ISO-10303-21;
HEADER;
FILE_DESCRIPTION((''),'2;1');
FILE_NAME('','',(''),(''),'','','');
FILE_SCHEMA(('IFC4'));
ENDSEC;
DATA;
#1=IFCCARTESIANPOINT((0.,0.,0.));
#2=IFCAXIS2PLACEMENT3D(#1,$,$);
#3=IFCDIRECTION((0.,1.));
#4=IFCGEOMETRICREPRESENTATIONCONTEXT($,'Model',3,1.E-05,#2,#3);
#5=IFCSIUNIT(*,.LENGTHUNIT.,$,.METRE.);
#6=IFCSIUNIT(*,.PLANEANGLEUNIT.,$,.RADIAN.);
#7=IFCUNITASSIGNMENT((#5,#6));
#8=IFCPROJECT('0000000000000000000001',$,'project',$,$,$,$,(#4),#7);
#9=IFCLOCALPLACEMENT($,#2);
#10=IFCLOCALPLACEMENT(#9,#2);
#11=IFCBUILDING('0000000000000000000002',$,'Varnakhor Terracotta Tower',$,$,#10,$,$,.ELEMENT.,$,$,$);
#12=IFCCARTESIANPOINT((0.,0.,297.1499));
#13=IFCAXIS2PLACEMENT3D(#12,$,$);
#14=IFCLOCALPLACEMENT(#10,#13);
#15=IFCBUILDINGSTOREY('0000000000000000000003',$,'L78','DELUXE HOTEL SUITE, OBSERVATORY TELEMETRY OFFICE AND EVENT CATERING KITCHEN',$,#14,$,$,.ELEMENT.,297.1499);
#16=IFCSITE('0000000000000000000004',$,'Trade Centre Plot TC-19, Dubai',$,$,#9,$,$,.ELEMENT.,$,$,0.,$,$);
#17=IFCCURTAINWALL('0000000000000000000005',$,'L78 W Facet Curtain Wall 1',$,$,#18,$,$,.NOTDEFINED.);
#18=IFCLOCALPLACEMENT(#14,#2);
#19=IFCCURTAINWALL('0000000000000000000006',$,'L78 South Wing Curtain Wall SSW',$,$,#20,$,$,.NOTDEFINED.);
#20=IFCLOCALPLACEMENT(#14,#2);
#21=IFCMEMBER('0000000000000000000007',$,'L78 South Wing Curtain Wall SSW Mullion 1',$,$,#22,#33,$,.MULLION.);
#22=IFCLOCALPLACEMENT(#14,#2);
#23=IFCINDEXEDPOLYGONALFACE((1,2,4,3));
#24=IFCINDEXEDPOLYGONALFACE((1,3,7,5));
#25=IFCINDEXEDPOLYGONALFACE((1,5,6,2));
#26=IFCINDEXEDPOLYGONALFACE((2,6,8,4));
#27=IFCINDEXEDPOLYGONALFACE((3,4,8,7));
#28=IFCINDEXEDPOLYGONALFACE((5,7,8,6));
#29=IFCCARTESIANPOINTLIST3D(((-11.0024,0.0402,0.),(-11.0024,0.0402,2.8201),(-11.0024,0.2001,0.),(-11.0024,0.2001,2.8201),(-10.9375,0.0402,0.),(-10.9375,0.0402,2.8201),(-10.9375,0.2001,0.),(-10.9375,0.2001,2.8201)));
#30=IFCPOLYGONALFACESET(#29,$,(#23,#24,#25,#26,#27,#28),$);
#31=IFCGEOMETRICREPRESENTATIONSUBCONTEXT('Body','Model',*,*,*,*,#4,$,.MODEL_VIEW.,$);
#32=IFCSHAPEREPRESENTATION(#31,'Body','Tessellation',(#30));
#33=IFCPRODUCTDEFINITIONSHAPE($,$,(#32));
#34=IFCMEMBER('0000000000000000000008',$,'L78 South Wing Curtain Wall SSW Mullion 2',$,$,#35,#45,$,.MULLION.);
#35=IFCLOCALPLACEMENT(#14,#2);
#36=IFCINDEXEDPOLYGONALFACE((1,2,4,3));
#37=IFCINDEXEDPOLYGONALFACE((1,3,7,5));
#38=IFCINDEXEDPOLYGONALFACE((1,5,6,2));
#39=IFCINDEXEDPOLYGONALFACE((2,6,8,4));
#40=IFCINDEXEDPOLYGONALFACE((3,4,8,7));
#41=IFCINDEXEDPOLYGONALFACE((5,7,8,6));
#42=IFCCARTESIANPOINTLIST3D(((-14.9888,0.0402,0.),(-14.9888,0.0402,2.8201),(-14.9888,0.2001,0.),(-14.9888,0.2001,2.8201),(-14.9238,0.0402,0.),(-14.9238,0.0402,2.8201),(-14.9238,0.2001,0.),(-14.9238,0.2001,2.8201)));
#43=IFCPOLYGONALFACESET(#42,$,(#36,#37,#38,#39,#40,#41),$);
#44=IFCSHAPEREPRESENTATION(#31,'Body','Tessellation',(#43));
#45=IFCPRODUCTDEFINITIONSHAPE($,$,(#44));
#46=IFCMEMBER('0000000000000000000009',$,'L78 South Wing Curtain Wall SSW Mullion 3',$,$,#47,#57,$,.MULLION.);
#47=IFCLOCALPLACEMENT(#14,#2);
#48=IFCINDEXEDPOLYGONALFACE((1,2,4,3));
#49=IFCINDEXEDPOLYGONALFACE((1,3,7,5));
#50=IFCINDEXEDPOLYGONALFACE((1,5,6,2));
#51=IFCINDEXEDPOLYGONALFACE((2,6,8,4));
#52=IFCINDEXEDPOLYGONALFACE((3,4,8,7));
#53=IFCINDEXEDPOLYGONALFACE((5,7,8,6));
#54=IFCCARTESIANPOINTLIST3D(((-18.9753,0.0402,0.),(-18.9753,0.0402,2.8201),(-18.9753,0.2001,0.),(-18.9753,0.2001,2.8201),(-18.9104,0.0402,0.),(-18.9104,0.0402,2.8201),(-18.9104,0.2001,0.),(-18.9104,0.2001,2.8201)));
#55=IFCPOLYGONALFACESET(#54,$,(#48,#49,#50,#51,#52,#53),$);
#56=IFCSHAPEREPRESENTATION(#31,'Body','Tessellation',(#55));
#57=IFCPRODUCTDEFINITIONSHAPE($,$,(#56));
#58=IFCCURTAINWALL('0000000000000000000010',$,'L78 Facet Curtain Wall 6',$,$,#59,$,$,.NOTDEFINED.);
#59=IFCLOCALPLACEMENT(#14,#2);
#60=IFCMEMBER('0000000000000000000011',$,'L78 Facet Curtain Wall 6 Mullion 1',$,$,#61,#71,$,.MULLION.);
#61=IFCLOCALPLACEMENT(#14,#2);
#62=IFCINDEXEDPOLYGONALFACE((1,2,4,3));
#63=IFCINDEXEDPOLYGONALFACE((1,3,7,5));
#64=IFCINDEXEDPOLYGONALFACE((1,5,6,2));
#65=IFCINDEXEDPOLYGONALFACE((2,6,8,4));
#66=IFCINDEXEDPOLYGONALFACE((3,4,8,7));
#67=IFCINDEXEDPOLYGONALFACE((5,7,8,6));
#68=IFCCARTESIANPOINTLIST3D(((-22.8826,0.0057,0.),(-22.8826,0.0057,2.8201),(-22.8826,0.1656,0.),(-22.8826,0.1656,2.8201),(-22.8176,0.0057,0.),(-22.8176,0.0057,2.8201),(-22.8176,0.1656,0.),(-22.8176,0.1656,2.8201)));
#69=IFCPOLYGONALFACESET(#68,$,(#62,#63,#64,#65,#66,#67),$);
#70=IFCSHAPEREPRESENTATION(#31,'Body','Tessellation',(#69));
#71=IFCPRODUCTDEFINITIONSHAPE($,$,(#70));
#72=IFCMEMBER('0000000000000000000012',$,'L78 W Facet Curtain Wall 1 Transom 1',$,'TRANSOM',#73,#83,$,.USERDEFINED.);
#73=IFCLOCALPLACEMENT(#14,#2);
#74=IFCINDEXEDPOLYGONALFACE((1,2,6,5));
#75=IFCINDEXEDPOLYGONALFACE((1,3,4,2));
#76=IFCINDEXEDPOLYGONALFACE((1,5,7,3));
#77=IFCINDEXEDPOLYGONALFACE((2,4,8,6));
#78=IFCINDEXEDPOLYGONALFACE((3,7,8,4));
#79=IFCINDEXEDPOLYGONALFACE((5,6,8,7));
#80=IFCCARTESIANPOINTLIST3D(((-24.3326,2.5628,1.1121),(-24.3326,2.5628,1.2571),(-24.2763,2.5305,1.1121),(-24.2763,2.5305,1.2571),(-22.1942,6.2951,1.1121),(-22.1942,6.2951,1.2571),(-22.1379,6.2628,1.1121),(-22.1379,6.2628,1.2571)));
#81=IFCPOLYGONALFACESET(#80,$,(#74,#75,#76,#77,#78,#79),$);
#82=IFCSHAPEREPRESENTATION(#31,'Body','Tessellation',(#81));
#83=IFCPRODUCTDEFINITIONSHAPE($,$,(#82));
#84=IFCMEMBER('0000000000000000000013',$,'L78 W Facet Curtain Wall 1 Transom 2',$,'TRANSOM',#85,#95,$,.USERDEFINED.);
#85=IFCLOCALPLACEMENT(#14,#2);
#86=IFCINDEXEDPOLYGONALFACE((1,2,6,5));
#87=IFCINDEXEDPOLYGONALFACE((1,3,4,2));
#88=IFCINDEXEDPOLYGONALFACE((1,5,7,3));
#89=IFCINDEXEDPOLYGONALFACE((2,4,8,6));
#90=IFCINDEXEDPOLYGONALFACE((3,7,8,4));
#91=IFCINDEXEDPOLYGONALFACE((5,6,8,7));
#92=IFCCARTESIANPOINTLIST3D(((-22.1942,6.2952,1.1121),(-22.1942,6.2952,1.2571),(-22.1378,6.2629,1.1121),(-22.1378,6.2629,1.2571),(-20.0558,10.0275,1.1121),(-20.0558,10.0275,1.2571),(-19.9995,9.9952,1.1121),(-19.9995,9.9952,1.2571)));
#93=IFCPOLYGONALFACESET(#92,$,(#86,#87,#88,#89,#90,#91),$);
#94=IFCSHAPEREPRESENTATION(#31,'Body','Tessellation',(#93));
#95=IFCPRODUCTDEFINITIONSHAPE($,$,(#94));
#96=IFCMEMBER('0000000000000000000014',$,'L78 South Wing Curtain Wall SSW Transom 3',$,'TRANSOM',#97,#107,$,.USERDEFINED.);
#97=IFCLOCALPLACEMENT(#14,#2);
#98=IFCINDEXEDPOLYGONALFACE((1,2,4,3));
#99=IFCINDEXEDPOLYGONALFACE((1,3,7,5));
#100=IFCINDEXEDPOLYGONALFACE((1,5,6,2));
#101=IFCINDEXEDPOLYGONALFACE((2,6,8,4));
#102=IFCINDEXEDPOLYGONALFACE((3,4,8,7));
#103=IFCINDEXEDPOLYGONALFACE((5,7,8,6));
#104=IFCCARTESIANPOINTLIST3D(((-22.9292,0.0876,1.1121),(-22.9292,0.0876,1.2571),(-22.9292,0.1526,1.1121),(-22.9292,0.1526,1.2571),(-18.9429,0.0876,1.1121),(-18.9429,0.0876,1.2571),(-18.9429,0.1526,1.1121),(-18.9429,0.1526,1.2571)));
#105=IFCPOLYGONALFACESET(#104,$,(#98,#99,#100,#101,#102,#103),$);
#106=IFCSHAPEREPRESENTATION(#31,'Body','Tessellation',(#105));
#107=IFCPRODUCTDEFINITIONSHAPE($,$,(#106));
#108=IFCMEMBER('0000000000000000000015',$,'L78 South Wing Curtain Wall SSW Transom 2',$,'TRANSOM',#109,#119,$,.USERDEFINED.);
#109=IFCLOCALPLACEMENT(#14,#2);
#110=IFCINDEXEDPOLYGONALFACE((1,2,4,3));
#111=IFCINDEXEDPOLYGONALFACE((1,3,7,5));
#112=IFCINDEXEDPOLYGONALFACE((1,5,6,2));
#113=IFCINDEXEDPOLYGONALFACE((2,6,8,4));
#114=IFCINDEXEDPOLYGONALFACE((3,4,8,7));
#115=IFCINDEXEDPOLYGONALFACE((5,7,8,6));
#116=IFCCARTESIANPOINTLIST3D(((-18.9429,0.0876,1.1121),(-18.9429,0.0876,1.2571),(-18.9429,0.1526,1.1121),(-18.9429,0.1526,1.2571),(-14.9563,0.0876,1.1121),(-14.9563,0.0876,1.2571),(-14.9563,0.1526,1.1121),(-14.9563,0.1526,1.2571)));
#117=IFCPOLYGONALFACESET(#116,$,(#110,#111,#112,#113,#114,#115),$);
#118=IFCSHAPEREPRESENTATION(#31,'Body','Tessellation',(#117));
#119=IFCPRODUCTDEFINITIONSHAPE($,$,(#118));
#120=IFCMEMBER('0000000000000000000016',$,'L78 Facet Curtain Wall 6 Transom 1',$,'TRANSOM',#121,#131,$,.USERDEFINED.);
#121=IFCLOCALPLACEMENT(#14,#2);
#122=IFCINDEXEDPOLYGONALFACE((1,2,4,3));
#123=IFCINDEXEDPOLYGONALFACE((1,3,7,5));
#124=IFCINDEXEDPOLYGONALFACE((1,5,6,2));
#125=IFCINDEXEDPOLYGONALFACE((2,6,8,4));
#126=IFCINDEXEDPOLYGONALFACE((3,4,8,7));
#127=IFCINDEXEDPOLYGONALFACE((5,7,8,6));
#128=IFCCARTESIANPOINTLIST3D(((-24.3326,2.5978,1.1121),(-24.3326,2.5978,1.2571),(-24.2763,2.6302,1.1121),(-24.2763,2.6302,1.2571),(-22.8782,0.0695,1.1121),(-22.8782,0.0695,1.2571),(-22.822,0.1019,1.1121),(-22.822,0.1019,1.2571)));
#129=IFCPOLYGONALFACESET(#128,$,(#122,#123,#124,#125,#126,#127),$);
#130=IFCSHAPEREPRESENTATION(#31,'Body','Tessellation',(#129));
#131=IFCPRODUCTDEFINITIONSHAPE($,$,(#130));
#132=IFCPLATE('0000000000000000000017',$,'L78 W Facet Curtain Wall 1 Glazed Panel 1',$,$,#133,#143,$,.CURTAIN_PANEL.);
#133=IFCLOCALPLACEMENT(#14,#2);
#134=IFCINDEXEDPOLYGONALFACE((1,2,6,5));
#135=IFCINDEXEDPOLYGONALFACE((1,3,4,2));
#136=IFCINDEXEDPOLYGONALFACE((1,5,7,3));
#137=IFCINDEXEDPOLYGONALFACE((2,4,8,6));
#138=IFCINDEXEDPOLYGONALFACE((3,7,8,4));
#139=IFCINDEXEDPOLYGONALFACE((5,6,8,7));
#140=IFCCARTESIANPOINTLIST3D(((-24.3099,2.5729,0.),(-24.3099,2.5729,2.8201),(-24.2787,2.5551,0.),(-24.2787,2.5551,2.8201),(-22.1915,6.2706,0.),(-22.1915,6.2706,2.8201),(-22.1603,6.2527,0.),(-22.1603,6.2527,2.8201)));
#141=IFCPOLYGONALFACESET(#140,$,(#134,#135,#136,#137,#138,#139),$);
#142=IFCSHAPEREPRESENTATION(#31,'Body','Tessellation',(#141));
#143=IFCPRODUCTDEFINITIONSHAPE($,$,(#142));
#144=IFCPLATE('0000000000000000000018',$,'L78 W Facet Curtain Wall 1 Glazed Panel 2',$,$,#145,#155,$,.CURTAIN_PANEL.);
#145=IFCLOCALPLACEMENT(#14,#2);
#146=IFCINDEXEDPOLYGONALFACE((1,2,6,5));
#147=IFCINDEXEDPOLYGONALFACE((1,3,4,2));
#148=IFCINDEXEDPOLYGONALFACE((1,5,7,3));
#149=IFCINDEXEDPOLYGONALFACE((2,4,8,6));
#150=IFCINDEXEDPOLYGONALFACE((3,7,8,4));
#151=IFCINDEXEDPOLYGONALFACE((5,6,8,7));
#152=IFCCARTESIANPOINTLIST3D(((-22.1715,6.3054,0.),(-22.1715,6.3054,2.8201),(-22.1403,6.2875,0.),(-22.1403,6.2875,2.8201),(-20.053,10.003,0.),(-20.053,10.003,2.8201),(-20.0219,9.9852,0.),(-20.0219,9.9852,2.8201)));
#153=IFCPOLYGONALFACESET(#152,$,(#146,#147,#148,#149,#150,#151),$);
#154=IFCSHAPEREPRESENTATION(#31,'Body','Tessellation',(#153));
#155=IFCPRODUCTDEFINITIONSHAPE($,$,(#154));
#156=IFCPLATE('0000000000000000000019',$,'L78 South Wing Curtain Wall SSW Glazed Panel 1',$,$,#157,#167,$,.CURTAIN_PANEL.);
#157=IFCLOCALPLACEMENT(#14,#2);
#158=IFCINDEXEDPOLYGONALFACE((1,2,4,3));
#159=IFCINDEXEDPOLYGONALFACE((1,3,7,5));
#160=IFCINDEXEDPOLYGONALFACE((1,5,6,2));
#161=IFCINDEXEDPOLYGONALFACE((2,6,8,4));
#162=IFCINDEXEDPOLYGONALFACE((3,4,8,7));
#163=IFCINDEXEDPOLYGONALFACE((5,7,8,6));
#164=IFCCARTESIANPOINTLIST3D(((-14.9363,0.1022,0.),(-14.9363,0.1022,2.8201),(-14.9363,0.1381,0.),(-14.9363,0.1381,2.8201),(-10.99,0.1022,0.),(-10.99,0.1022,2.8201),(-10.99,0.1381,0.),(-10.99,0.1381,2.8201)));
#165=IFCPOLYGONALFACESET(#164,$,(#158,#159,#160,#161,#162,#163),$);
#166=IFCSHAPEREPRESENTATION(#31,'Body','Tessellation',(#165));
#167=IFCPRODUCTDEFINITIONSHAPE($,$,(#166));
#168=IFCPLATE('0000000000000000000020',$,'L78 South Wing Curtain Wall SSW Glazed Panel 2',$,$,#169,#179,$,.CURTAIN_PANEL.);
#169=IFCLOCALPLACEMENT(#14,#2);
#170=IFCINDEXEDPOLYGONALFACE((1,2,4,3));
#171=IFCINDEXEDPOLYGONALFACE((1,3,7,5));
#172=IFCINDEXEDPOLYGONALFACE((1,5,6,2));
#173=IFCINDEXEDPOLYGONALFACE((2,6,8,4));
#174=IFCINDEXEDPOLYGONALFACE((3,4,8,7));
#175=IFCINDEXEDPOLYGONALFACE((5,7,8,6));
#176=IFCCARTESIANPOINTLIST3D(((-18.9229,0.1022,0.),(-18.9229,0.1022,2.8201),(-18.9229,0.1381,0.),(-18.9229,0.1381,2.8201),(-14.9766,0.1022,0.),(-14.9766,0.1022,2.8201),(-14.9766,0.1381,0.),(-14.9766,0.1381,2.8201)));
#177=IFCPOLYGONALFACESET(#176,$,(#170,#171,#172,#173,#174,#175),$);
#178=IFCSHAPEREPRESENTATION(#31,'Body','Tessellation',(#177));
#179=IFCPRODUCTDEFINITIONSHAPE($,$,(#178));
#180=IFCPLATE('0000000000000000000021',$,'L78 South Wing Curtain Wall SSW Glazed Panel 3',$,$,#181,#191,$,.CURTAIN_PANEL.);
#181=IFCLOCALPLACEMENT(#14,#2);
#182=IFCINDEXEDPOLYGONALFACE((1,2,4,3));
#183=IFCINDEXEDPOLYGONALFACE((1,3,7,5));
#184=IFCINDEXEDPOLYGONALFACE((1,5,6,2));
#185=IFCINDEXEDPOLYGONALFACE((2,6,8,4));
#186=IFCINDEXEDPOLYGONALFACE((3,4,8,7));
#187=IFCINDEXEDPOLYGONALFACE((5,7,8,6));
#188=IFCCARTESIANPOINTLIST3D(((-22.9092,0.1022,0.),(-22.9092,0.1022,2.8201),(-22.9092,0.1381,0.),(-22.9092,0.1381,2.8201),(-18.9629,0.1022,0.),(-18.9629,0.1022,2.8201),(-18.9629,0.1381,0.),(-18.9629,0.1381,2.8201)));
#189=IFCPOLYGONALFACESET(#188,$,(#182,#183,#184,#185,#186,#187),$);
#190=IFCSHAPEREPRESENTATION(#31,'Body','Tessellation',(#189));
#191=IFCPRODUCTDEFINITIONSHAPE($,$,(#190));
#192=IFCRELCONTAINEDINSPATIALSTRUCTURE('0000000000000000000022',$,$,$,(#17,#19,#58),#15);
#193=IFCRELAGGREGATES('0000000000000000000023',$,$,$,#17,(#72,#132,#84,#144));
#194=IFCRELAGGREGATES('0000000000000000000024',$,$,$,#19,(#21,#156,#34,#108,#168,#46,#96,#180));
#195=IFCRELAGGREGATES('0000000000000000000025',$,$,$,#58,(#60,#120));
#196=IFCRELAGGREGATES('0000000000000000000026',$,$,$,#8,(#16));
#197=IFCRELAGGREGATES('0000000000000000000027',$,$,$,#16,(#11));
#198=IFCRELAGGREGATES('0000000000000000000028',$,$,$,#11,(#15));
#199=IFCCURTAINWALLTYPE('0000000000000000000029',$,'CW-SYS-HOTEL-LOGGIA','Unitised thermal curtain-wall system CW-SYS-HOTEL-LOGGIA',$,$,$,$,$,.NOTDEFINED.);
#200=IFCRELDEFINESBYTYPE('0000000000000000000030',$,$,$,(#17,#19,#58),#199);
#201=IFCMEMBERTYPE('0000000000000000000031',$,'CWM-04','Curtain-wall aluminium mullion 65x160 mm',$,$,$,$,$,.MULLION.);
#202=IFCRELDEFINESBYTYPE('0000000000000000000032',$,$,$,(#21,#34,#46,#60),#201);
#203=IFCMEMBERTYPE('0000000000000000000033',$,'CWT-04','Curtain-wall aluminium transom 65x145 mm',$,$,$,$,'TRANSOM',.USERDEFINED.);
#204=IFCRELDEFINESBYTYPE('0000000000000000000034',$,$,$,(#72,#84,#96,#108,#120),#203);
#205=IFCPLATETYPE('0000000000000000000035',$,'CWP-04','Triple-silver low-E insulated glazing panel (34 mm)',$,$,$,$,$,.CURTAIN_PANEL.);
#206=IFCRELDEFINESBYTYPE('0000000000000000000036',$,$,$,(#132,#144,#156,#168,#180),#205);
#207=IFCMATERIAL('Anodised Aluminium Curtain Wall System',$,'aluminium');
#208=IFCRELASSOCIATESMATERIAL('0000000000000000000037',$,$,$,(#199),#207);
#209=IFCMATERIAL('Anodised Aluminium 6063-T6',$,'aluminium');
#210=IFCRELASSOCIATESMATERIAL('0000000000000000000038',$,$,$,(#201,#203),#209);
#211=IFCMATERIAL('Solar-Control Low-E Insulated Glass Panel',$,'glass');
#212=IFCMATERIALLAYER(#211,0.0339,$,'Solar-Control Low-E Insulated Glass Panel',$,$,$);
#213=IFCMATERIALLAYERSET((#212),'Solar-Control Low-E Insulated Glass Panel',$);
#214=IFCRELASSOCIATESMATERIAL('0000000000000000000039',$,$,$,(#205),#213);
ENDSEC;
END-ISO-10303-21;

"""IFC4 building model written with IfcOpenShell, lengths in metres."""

from ifc_helpers import new_model, si_unit, direction, frame, origin, origin_2d, place, context, subcontext, project, spatial, rectangle, extrude, source, transform, mapped, material, layer, layer_set, material_profile, profile_set, type_object, type_shapes, element, aggregate, save


model = new_model("IFC4")

# Units and contexts
model_context = context("Model", 3, precision=1e-05, world=origin(), true_north=direction((0.0, 1.0)))
body_context = subcontext(model_context, "Body", "Model", "MODEL_VIEW")
ifc_project = project(units=[si_unit("LENGTHUNIT", "METRE"), si_unit("PLANEANGLEUNIT", "RADIAN")], contexts=[model_context])

# Site, building, storey
site_placement = place(None, origin())
site = spatial("IfcSite", under=ifc_project, at=site_placement, Name="Trade Centre Plot TC-19, Dubai", CompositionType="ELEMENT", RefElevation=0.0)
building_placement = place(site_placement, origin())
building = spatial("IfcBuilding", under=site, at=building_placement, Name="Varnakhor Terracotta Tower", CompositionType="ELEMENT")
storey_placement = place(building_placement, frame((0.0, 0.0, 297.1499)))
storey = spatial("IfcBuildingStorey", under=building, at=storey_placement, Name="L78", Description="DELUXE HOTEL SUITE, OBSERVATORY TELEMETRY OFFICE AND EVENT CATERING KITCHEN", CompositionType="ELEMENT", Elevation=297.1499)

# Curtain walls, members
ifc_material_1 = material(Name="Anodised Aluminium Curtain Wall System", Category="aluminium")
curtain_wall_type = type_object("IfcCurtainWallType", Name="CW-SYS-HOTEL-LOGGIA", Description="Unitised thermal curtain-wall system CW-SYS-HOTEL-LOGGIA", PredefinedType="NOTDEFINED", material=ifc_material_1)
curtain_wall_1_placement = place(storey_placement, origin())
curtain_wall_1 = element("IfcCurtainWall", 1, at=curtain_wall_1_placement, inside=storey, type_object=curtain_wall_type, Name="L78 W Facet Curtain Wall 1", PredefinedType="NOTDEFINED")
ifc_material_2 = material(Name="Anodised Aluminium 6063-T6", Category="aluminium")
ifc_material_profile_1 = material_profile(ifc_material_2, rectangle(XDim=0.0649, YDim=0.1599, at=origin_2d()), Name="ALU MULLION 65x160")
ifc_profile_set_1 = profile_set([ifc_material_profile_1], Name="Anodised Aluminium 6063-T6")
member_type_1 = type_object("IfcMemberType", Name="CWM-04", Description="Curtain-wall aluminium mullion 65x160 mm", PredefinedType="MULLION", material=ifc_profile_set_1)
shared_shape_1 = source(origin(), body_context, "Body", "SweptSolid", [
    extrude(rectangle(XDim=0.0649, YDim=0.1599, at=origin_2d()), origin(), (0.0, 0.0, 1.0), 2.8201),
])
type_shapes(member_type_1, [shared_shape_1])
curtain_wall_2_placement = place(storey_placement, origin())
curtain_wall_2 = element("IfcCurtainWall", 2, at=curtain_wall_2_placement, inside=storey, type_object=curtain_wall_type, Name="L78 South Wing Curtain Wall SSW", PredefinedType="NOTDEFINED")
member_1_placement = place(storey_placement, frame((-10.97, 0.1201, 0.0), z_axis=(0.0, 0.0, 1.0), x_axis=(1.0, 0.0, 0.0)))
member_1 = element("IfcMember", 3, at=member_1_placement, type_object=member_type_1, Name="L78 South Wing Curtain Wall SSW Mullion 1", PredefinedType="MULLION", context=body_context, shape_type="MappedRepresentation", body=[
    mapped(shared_shape_1, transform((0.0, 0.0, 0.0), scale=1.0)),
])
member_2_placement = place(storey_placement, frame((-14.9563, 0.1201, 0.0), z_axis=(0.0, 0.0, 1.0), x_axis=(1.0, 0.0, 0.0)))
member_2 = element("IfcMember", 4, at=member_2_placement, type_object=member_type_1, Name="L78 South Wing Curtain Wall SSW Mullion 2", PredefinedType="MULLION", context=body_context, shape_type="MappedRepresentation", body=[
    mapped(shared_shape_1, transform((0.0, 0.0, 0.0), scale=1.0)),
])
member_3_placement = place(storey_placement, frame((-18.9429, 0.1201, 0.0), z_axis=(0.0, 0.0, 1.0), x_axis=(1.0, 0.0, 0.0)))
member_3 = element("IfcMember", 5, at=member_3_placement, type_object=member_type_1, Name="L78 South Wing Curtain Wall SSW Mullion 3", PredefinedType="MULLION", context=body_context, shape_type="MappedRepresentation", body=[
    mapped(shared_shape_1, transform((0.0, 0.0, 0.0), scale=1.0)),
])

# Curtain wall, member
curtain_wall_3_placement = place(storey_placement, origin())
curtain_wall_3 = element("IfcCurtainWall", 6, at=curtain_wall_3_placement, inside=storey, type_object=curtain_wall_type, Name="L78 Facet Curtain Wall 6", PredefinedType="NOTDEFINED")
member_4_placement = place(storey_placement, frame((-22.8501, 0.0857, 0.0), z_axis=(0.0, 0.0, 1.0), x_axis=(1.0, 0.0, 0.0)))
member_4 = element("IfcMember", 7, at=member_4_placement, type_object=member_type_1, Name="L78 Facet Curtain Wall 6 Mullion 1", PredefinedType="MULLION", context=body_context, shape_type="MappedRepresentation", body=[
    mapped(shared_shape_1, transform((0.0, 0.0, 0.0), scale=1.0)),
])

# Members
ifc_material_profile_2 = material_profile(ifc_material_2, rectangle(XDim=0.0649, YDim=0.145, at=origin_2d()), Name="ALU TRANSOM 65x145")
ifc_profile_set_2 = profile_set([ifc_material_profile_2], Name="Anodised Aluminium 6063-T6")
member_type_2 = type_object("IfcMemberType", Name="CWT-04", Description="Curtain-wall aluminium transom 65x145 mm", ElementType="TRANSOM", PredefinedType="USERDEFINED", material=ifc_profile_set_2)
shared_shape_2 = source(origin(), body_context, "Body", "SweptSolid", [
    extrude(rectangle(XDim=0.0649, YDim=0.145, at=origin_2d()), origin(), (0.0, 0.0, 1.0), 4.3015),
])
member_5_placement = place(storey_placement, frame((-24.3044, 2.5466, 1.1846), z_axis=(0.497123, 0.86768, 0.0), x_axis=(-0.86768, 0.497123, 0.0)))
member_5 = element("IfcMember", 8, at=member_5_placement, type_object=member_type_2, Name="L78 W Facet Curtain Wall 1 Transom 1", ObjectType="TRANSOM", PredefinedType="USERDEFINED", context=body_context, shape_type="MappedRepresentation", body=[
    mapped(shared_shape_2, transform((0.0, 0.0, 0.0), scale=1.0)),
])
member_6_placement = place(storey_placement, frame((-22.166, 6.2791, 1.1846), z_axis=(0.497123, 0.86768, 0.0), x_axis=(-0.86768, 0.497123, 0.0)))
member_6 = element("IfcMember", 9, at=member_6_placement, type_object=member_type_2, Name="L78 W Facet Curtain Wall 1 Transom 2", ObjectType="TRANSOM", PredefinedType="USERDEFINED", context=body_context, shape_type="MappedRepresentation", body=[
    mapped(shared_shape_2, transform((0.0, 0.0, 0.0), scale=1.0)),
])
shared_shape_3 = source(origin(), body_context, "Body", "SweptSolid", [
    extrude(rectangle(XDim=0.0649, YDim=0.145, at=origin_2d()), origin(), (0.0, 0.0, 1.0), 3.9863),
])
member_7_placement = place(storey_placement, frame((-18.9429, 0.1201, 1.1846), z_axis=(-1.0, 0.0, 0.0), x_axis=(0.0, -1.0, 0.0)))
member_7 = element("IfcMember", 10, at=member_7_placement, type_object=member_type_2, Name="L78 South Wing Curtain Wall SSW Transom 3", ObjectType="TRANSOM", PredefinedType="USERDEFINED", context=body_context, shape_type="MappedRepresentation", body=[
    mapped(shared_shape_3, transform((0.0, 0.0, 0.0), scale=1.0)),
])
shared_shape_4 = source(origin(), body_context, "Body", "SweptSolid", [
    extrude(rectangle(XDim=0.0649, YDim=0.145, at=origin_2d()), origin(), (0.0, 0.0, 1.0), 3.9866),
])
member_8_placement = place(storey_placement, frame((-14.9563, 0.1201, 1.1846), z_axis=(-1.0, 0.0, 0.0), x_axis=(0.0, -1.0, 0.0)))
member_8 = element("IfcMember", 11, at=member_8_placement, type_object=member_type_2, Name="L78 South Wing Curtain Wall SSW Transom 2", ObjectType="TRANSOM", PredefinedType="USERDEFINED", context=body_context, shape_type="MappedRepresentation", body=[
    mapped(shared_shape_4, transform((0.0, 0.0, 0.0), scale=1.0)),
])
shared_shape_5 = source(origin(), body_context, "Body", "SweptSolid", [
    extrude(rectangle(XDim=0.0649, YDim=0.145, at=origin_2d()), origin(), (0.0, 0.0, 1.0), 2.9167),
])
member_9_placement = place(storey_placement, frame((-22.8501, 0.0857, 1.1846), z_axis=(-0.498616, 0.866823, 0.0), x_axis=(-0.866823, -0.498616, 0.0)))
member_9 = element("IfcMember", 12, at=member_9_placement, type_object=member_type_2, Name="L78 Facet Curtain Wall 6 Transom 1", ObjectType="TRANSOM", PredefinedType="USERDEFINED", context=body_context, shape_type="MappedRepresentation", body=[
    mapped(shared_shape_5, transform((0.0, 0.0, 0.0), scale=1.0)),
])

# Plates
ifc_material_3 = material(Name="Solar-Control Low-E Insulated Glass Panel", Category="glass")
ifc_layer_1 = layer(ifc_material_3, 0.0339, Name="Solar-Control Low-E Insulated Glass Panel")
ifc_layer_set_1 = layer_set([ifc_layer_1], Name="Solar-Control Low-E Insulated Glass Panel")
plate_type = type_object("IfcPlateType", Name="CWP-04", Description="Triple-silver low-E insulated glazing panel (34 mm)", PredefinedType="CURTAIN_PANEL", material=ifc_layer_set_1)
shared_shape_6 = source(origin(), body_context, "Body", "SweptSolid", [
    extrude(rectangle(XDim=4.2615, YDim=0.0359, at=origin_2d()), origin(), (0.0, 0.0, 1.0), 2.8201),
])
plate_1_placement = place(storey_placement, frame((-23.2351, 4.4128, 0.0), z_axis=(0.0, 0.0, 1.0), x_axis=(0.49711, 0.867687, 0.0)))
plate_1 = element("IfcPlate", 13, at=plate_1_placement, type_object=plate_type, Name="L78 W Facet Curtain Wall 1 Glazed Panel 1", PredefinedType="CURTAIN_PANEL", context=body_context, shape_type="MappedRepresentation", body=[
    mapped(shared_shape_6, transform((0.0, 0.0, 0.0), scale=1.0)),
])
plate_2_placement = place(storey_placement, frame((-21.0967, 8.1453, 0.0), z_axis=(0.0, 0.0, 1.0), x_axis=(0.49711, 0.867687, 0.0)))
plate_2 = element("IfcPlate", 14, at=plate_2_placement, type_object=plate_type, Name="L78 W Facet Curtain Wall 1 Glazed Panel 2", PredefinedType="CURTAIN_PANEL", context=body_context, shape_type="MappedRepresentation", body=[
    mapped(shared_shape_6, transform((0.0, 0.0, 0.0), scale=1.0)),
])
aggregate(curtain_wall_1, [member_5, plate_1, member_6, plate_2])
shared_shape_7 = source(origin(), body_context, "Body", "SweptSolid", [
    extrude(rectangle(XDim=3.9463, YDim=0.0359, at=origin_2d()), origin(), (0.0, 0.0, 1.0), 2.8201),
])
plate_3_placement = place(storey_placement, frame((-12.9631, 0.1201, 0.0), z_axis=(0.0, 0.0, 1.0), x_axis=(-1.0, 0.0, 0.0)))
plate_3 = element("IfcPlate", 15, at=plate_3_placement, type_object=plate_type, Name="L78 South Wing Curtain Wall SSW Glazed Panel 1", PredefinedType="CURTAIN_PANEL", context=body_context, shape_type="MappedRepresentation", body=[
    mapped(shared_shape_7, transform((0.0, 0.0, 0.0), scale=1.0)),
])
plate_4_placement = place(storey_placement, frame((-16.9497, 0.1201, 0.0), z_axis=(0.0, 0.0, 1.0), x_axis=(-1.0, 0.0, 0.0)))
plate_4 = element("IfcPlate", 16, at=plate_4_placement, type_object=plate_type, Name="L78 South Wing Curtain Wall SSW Glazed Panel 2", PredefinedType="CURTAIN_PANEL", context=body_context, shape_type="MappedRepresentation", body=[
    mapped(shared_shape_7, transform((0.0, 0.0, 0.0), scale=1.0)),
])
plate_5_placement = place(storey_placement, frame((-20.936, 0.1201, 0.0), z_axis=(0.0, 0.0, 1.0), x_axis=(-1.0, 0.0, 0.0)))
plate_5 = element("IfcPlate", 17, at=plate_5_placement, type_object=plate_type, Name="L78 South Wing Curtain Wall SSW Glazed Panel 3", PredefinedType="CURTAIN_PANEL", context=body_context, shape_type="MappedRepresentation", body=[
    mapped(shared_shape_7, transform((0.0, 0.0, 0.0), scale=1.0)),
])
aggregate(curtain_wall_2, [member_1, plate_3, member_2, member_8, plate_4, member_3, member_7, plate_5])
aggregate(curtain_wall_3, [member_4, member_9])

save(model, "model.ifc")
